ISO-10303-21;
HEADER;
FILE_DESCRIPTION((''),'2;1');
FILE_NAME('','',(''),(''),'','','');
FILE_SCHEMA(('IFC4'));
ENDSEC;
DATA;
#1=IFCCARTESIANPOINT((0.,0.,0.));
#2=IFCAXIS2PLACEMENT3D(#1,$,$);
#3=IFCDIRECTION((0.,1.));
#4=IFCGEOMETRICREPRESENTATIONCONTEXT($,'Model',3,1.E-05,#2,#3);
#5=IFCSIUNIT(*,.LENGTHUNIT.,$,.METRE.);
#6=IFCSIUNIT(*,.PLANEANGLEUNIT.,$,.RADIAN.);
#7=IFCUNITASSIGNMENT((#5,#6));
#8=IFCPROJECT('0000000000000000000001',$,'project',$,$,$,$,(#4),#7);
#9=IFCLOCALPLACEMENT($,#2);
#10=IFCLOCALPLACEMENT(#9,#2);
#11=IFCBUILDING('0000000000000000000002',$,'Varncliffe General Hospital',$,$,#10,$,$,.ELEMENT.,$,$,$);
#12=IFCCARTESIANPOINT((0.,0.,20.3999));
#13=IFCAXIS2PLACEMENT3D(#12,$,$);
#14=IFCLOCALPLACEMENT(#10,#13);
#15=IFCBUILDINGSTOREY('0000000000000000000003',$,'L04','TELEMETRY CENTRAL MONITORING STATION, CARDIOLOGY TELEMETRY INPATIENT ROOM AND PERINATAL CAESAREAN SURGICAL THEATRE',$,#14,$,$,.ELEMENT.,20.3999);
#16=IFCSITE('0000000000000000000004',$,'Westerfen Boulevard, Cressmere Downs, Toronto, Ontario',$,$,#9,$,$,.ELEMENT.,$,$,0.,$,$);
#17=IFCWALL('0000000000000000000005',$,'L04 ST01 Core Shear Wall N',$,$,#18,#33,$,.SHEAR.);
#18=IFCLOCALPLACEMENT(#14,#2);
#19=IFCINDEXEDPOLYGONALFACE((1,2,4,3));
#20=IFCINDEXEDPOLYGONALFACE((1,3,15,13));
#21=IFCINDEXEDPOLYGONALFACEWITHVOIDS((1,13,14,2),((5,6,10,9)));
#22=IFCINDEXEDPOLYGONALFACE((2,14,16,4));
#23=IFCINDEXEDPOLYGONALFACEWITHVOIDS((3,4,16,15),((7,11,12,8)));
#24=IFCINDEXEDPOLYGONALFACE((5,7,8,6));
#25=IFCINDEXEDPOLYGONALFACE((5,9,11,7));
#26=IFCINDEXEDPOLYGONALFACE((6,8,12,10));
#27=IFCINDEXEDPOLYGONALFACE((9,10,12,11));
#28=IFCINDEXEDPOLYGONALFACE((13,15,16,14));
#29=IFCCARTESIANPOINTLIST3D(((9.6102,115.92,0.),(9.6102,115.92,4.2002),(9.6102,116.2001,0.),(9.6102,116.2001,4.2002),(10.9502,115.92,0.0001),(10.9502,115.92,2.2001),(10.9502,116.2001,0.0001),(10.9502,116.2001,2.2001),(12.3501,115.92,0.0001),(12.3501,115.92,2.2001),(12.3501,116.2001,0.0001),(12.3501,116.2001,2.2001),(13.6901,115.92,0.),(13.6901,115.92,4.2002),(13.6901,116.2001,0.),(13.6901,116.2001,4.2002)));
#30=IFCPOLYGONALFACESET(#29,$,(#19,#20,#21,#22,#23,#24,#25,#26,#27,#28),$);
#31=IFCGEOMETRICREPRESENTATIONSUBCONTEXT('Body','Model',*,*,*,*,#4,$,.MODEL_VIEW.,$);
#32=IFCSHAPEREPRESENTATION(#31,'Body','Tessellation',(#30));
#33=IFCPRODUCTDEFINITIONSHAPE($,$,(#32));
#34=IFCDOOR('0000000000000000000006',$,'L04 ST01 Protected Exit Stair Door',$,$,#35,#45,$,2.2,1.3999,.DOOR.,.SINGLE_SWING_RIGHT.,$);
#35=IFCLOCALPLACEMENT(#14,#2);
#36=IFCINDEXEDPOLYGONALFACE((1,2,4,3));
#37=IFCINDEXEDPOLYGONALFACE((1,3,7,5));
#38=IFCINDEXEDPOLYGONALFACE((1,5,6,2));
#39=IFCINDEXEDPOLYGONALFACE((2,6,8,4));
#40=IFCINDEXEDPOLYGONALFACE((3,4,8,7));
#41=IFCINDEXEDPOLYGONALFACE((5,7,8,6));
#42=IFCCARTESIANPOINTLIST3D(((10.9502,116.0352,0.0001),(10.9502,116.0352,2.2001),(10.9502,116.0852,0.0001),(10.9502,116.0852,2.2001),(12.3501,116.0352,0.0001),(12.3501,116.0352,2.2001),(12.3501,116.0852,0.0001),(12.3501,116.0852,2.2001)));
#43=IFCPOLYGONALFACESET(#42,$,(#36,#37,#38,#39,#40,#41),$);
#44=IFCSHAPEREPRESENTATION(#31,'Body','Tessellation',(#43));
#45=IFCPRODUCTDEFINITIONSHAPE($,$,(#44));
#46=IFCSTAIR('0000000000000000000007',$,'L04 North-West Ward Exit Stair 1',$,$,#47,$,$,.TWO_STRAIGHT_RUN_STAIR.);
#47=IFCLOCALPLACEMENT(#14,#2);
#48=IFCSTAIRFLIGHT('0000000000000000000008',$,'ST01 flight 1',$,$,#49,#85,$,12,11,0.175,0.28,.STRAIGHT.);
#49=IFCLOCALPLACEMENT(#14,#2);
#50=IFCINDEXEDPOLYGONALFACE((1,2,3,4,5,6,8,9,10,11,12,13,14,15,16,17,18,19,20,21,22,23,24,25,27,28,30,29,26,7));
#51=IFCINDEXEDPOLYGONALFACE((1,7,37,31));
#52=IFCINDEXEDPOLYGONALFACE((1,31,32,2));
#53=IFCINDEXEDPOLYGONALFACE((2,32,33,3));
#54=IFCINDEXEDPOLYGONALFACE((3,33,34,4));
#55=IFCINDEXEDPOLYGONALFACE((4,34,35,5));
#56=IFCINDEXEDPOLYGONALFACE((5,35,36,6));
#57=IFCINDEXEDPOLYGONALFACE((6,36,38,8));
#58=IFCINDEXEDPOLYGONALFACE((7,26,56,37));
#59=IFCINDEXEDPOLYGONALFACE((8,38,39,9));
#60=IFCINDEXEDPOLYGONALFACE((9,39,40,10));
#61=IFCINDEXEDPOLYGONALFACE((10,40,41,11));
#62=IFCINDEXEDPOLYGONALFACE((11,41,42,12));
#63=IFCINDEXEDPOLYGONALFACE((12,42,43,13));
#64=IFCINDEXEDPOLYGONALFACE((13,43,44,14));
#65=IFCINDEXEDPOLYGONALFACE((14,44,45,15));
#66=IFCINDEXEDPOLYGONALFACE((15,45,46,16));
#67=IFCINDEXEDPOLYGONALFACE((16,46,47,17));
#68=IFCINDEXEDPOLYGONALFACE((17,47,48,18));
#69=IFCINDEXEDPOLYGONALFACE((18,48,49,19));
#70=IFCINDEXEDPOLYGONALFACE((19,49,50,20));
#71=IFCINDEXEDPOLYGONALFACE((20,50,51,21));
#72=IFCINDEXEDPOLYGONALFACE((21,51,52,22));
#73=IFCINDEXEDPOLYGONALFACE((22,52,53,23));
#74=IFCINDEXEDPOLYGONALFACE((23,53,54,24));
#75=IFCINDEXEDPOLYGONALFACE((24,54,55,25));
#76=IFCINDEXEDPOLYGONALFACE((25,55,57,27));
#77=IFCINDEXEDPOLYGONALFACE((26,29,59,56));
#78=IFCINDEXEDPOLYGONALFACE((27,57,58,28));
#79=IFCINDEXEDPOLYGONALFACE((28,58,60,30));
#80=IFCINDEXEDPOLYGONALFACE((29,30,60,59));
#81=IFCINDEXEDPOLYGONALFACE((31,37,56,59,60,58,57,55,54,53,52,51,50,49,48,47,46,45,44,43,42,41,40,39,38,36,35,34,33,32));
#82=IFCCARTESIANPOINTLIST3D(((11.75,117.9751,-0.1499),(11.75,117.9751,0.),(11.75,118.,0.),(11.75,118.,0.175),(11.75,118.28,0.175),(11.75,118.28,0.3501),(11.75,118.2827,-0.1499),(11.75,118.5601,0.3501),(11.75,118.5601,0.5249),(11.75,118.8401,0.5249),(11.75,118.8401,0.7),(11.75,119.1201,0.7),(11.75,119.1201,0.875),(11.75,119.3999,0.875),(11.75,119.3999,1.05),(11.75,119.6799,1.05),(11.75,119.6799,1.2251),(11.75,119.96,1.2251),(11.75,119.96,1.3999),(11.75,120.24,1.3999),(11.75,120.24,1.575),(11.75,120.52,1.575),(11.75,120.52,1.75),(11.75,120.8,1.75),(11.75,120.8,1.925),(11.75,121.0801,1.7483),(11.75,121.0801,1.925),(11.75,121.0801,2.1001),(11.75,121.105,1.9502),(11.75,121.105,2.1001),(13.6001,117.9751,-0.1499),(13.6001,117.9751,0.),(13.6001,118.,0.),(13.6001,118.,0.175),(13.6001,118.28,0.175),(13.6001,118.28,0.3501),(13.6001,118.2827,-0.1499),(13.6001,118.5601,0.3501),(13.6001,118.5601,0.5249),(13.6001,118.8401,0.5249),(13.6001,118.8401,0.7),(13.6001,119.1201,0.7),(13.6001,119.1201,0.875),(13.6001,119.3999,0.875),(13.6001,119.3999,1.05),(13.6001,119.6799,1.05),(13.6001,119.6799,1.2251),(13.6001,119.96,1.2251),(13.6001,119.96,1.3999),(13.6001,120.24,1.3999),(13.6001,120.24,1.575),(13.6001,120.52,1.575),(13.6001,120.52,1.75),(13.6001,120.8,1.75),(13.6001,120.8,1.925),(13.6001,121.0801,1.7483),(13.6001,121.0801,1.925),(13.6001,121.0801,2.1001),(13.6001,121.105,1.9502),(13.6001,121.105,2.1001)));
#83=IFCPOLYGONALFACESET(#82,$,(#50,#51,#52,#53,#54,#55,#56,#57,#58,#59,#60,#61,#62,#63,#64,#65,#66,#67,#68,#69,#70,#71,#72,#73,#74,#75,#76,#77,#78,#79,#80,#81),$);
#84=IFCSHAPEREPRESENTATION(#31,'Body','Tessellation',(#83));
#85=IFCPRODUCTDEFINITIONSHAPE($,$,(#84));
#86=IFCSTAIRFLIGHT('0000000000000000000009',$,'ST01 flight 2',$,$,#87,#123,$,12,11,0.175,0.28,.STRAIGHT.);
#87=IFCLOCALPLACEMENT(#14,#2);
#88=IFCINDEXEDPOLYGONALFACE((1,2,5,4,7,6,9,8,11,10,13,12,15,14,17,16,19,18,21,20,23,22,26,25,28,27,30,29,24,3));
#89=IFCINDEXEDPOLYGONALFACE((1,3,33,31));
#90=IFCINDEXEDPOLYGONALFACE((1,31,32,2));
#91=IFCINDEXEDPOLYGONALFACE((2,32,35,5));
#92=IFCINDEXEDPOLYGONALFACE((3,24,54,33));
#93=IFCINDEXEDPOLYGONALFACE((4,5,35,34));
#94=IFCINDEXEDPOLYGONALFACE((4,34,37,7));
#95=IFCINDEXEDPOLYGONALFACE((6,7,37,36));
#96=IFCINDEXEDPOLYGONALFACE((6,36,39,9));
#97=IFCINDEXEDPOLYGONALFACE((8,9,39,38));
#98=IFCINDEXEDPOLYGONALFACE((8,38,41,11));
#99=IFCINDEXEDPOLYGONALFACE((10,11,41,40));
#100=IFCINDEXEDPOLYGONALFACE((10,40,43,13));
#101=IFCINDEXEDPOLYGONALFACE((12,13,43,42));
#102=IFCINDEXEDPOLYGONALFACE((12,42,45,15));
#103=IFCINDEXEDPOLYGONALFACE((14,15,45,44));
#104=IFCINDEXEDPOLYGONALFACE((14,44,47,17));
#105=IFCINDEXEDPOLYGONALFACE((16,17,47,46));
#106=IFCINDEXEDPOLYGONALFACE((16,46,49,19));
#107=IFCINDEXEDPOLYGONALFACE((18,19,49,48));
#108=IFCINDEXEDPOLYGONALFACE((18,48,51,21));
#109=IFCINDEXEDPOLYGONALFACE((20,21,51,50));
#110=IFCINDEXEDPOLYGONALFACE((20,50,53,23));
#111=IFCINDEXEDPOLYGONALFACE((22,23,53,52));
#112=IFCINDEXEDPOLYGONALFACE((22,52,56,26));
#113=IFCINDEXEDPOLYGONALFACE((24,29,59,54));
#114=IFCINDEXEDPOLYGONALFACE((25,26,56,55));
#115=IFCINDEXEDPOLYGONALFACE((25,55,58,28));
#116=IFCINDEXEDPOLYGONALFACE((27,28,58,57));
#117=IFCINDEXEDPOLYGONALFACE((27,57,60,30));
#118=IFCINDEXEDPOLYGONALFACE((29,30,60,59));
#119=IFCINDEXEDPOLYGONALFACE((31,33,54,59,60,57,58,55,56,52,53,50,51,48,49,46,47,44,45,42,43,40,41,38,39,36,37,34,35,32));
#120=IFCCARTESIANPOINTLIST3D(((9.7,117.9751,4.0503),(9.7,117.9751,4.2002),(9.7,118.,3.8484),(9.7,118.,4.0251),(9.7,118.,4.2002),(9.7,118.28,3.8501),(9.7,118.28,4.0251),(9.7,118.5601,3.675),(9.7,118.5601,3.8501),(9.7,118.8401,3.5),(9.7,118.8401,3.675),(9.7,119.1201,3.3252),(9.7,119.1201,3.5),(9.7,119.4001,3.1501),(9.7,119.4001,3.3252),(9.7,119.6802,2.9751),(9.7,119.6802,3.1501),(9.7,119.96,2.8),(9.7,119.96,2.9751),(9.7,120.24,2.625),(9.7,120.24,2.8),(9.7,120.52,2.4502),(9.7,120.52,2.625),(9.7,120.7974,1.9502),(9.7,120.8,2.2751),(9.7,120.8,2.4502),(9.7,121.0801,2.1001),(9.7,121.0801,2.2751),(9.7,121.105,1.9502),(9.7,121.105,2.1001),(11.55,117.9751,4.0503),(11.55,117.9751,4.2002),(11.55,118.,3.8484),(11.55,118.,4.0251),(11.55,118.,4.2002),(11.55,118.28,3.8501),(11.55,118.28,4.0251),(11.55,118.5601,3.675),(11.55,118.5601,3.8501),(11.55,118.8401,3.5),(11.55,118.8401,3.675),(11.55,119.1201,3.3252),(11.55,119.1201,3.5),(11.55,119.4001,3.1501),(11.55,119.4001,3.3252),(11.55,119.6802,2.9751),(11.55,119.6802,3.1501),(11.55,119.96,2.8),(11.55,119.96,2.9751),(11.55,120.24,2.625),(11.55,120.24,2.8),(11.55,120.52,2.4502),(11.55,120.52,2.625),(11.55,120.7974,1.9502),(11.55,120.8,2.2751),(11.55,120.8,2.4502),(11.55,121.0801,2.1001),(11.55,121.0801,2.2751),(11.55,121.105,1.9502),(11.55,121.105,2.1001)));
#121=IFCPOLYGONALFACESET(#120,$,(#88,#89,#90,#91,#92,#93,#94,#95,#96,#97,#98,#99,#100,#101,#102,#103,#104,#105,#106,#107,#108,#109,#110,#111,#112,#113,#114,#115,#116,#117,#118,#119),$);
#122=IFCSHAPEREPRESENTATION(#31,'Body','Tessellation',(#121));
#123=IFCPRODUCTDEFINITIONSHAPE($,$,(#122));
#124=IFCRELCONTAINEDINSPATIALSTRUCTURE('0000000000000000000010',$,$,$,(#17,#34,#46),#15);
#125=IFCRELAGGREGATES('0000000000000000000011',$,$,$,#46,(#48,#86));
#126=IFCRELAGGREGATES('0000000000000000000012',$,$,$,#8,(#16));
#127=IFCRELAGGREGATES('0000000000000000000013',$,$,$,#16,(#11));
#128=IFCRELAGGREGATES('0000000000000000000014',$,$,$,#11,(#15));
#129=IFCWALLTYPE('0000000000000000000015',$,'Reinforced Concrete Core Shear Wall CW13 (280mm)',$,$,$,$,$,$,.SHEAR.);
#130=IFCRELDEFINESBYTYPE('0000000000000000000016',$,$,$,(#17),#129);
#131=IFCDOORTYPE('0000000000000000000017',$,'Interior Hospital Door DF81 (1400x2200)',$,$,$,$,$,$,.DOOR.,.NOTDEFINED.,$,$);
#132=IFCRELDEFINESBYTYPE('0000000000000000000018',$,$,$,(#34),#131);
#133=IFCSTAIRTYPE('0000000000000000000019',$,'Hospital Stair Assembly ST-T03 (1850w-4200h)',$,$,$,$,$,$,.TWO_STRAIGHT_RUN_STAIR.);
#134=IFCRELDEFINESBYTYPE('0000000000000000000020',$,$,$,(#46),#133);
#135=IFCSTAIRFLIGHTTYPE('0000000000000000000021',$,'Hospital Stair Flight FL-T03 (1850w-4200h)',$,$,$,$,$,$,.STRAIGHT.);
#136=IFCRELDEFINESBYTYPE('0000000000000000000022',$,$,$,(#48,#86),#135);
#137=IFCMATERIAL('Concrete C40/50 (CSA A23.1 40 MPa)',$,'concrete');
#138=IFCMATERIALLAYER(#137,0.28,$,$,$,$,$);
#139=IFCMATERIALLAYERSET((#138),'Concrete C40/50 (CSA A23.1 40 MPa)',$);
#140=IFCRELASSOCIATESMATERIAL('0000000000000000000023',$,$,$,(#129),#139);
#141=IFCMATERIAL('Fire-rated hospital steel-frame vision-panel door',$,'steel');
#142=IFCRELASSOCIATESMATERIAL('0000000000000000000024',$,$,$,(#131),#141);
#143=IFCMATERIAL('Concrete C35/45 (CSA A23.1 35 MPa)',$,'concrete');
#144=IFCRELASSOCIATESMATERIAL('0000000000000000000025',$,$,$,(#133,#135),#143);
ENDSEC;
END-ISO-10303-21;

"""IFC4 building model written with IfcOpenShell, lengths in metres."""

from ifc_helpers import new_model, si_unit, direction, frame, frame_2d, origin, place, context, subcontext, project, spatial, polyline, rectangle, outline, extrude, material, layer, layer_set, type_object, element, fill, aggregate, save


model = new_model("IFC4")

# Units and contexts
model_context = context("Model", 3, precision=1e-05, world=origin(), true_north=direction((0.0, 1.0)))
body_context = subcontext(model_context, "Body", "Model", "MODEL_VIEW")
ifc_project = project(units=[si_unit("LENGTHUNIT", "METRE"), si_unit("PLANEANGLEUNIT", "RADIAN")], contexts=[model_context])

# Site, building, storey
site_placement = place(None, origin())
site = spatial("IfcSite", under=ifc_project, at=site_placement, Name="Westerfen Boulevard, Cressmere Downs, Toronto, Ontario", CompositionType="ELEMENT", RefElevation=0.0)
building_placement = place(site_placement, origin())
building = spatial("IfcBuilding", under=site, at=building_placement, Name="Varncliffe General Hospital", CompositionType="ELEMENT")
storey_placement = place(building_placement, frame((0.0, 0.0, 20.3999)))
storey = spatial("IfcBuildingStorey", under=building, at=storey_placement, Name="L04", Description="TELEMETRY CENTRAL MONITORING STATION, CARDIOLOGY TELEMETRY INPATIENT ROOM AND PERINATAL CAESAREAN SURGICAL THEATRE", CompositionType="ELEMENT", Elevation=20.3999)

# Shared definitions
ifc_material_1 = material(Name="Concrete C40/50 (CSA A23.1 40 MPa)", Category="concrete")

# Shared definitions
ifc_material_2 = material(Name="Concrete C35/45 (CSA A23.1 35 MPa)", Category="concrete")

# Shared definitions
ifc_layer_1 = layer(ifc_material_1, 0.28)
ifc_layer_set_1 = layer_set([ifc_layer_1], Name="Concrete C40/50 (CSA A23.1 40 MPa)")
wall_type_1 = type_object("IfcWallType", Name="Reinforced Concrete Core Shear Wall CW13 (280mm)", PredefinedType="SHEAR", material=ifc_layer_set_1)

# Wall, opening, door
wall_1_placement = place(storey_placement, frame((9.6101, 116.0601, 0.0), z_axis=(0.0, 0.0, 1.0), x_axis=(1.0, 0.0, 0.0)))
wall_1 = element("IfcWall", 1, at=wall_1_placement, inside=storey, type_object=wall_type_1, Name="L04 ST01 Core Shear Wall N", PredefinedType="SHEAR", context=body_context, shape_type="SweptSolid", body=[
    extrude(rectangle(XDim=4.0798, YDim=0.28, at=frame_2d((2.04, 0.0))), origin(), (0.0, 0.0, 1.0), 4.2002),
])
opening_1_placement = place(wall_1_placement, frame((1.3401, 0.0, 0.0)))
opening_1 = element("IfcOpeningElement", 2, at=opening_1_placement, cuts=wall_1, PredefinedType="OPENING", context=body_context, shape_type="SweptSolid", body=[
    extrude(rectangle(XDim=1.3999, YDim=2.2, at=frame_2d((0.7, 1.1001))), frame((0.0, 0.1499, 0.0), z_axis=(0.0, -1.0, 0.0), x_axis=(1.0, 0.0, 0.0)), (0.0, 0.0, 1.0), 0.3),
])
ifc_material_3 = material(Name="Fire-rated hospital steel-frame vision-panel door", Category="steel")
door_type = type_object("IfcDoorType", Name="Interior Hospital Door DF81 (1400x2200)", OperationType="NOTDEFINED", PredefinedType="DOOR", material=ifc_material_3)
door_placement = place(opening_1_placement, frame((1.3999, 0.0, 0.0), z_axis=(0.0, 0.0, 1.0), x_axis=(-1.0, 0.0, 0.0)))
door = element("IfcDoor", 3, at=door_placement, inside=storey, type_object=door_type, Name="L04 ST01 Protected Exit Stair Door", OperationType="SINGLE_SWING_RIGHT", OverallHeight=2.2, OverallWidth=1.3999, PredefinedType="DOOR", context=body_context, shape_type="SweptSolid", body=[
    extrude(rectangle(XDim=1.3999, YDim=2.2, at=frame_2d((0.7, 1.1001))), frame((0.0, 0.0249, 0.0), z_axis=(0.0, -1.0, 0.0), x_axis=(1.0, 0.0, 0.0)), (0.0, 0.0, 1.0), 0.05),
])
fill(opening_1, door)

# Stair, stair flights
stair_type = type_object("IfcStairType", Name="Hospital Stair Assembly ST-T03 (1850w-4200h)", PredefinedType="TWO_STRAIGHT_RUN_STAIR", material=ifc_material_2)
stair_placement = place(storey_placement, origin())
stair = element("IfcStair", 4, at=stair_placement, inside=storey, type_object=stair_type, Name="L04 North-West Ward Exit Stair 1", PredefinedType="TWO_STRAIGHT_RUN_STAIR")
stair_flight_type = type_object("IfcStairFlightType", Name="Hospital Stair Flight FL-T03 (1850w-4200h)", PredefinedType="STRAIGHT", material=ifc_material_2)
stair_flight_1_placement = place(storey_placement, frame((12.675, 118.0, 0.0), z_axis=(0.0, 0.0, 1.0), x_axis=(0.0, 1.0, 0.0)))
stair_flight_1 = element("IfcStairFlight", 5, at=stair_flight_1_placement, type_object=stair_flight_type, Name="ST01 flight 1", NumberOfRisers=12, NumberOfTreads=11, PredefinedType="STRAIGHT", RiserHeight=0.175, TreadLength=0.28, context=body_context, shape_type="SweptSolid", body=[
    extrude(outline(polyline([(-0.0249, -0.1499), (-0.0249, 0.0), (0.0, 0.0), (0.0, 0.175), (0.28, 0.175), (0.28, 0.3501), (0.5601, 0.3501), (0.5601, 0.5249), (0.8401, 0.5249), (0.8401, 0.7), (1.1201, 0.7), (1.1201, 0.875), (1.3999, 0.875), (1.3999, 1.05), (1.6799, 1.05), (1.6799, 1.2251), (1.96, 1.2251), (1.96, 1.3999), (2.24, 1.3999), (2.24, 1.575), (2.52, 1.575), (2.52, 1.75), (2.8, 1.75), (2.8, 1.925), (3.0801, 1.925), (3.0801, 2.1001), (3.105, 2.1001), (3.105, 1.9502), (3.0801, 1.7483), (0.2827, -0.1499), (-0.0249, -0.1499)])), frame((0.0, 0.925, 0.0), z_axis=(0.0, -1.0, 0.0), x_axis=(1.0, 0.0, 0.0)), (0.0, 0.0, 1.0), 1.8501),
])
stair_flight_2_placement = place(storey_placement, frame((10.625, 121.0801, 2.1001), z_axis=(0.0, 0.0, 1.0), x_axis=(0.0, -1.0, 0.0)))
stair_flight_2 = element("IfcStairFlight", 6, at=stair_flight_2_placement, type_object=stair_flight_type, Name="ST01 flight 2", NumberOfRisers=12, NumberOfTreads=11, PredefinedType="STRAIGHT", RiserHeight=0.175, TreadLength=0.28, context=body_context, shape_type="SweptSolid", body=[
    extrude(outline(polyline([(-0.0249, -0.1499), (-0.0249, 0.0), (0.0, 0.0), (0.0, 0.175), (0.28, 0.175), (0.28, 0.3501), (0.5601, 0.3501), (0.5601, 0.5249), (0.8401, 0.5249), (0.8401, 0.7), (1.1201, 0.7), (1.1201, 0.875), (1.3999, 0.875), (1.3999, 1.05), (1.6799, 1.05), (1.6799, 1.2251), (1.96, 1.2251), (1.96, 1.3999), (2.24, 1.3999), (2.24, 1.575), (2.52, 1.575), (2.52, 1.75), (2.8, 1.75), (2.8, 1.925), (3.0801, 1.925), (3.0801, 2.1001), (3.105, 2.1001), (3.105, 1.9502), (3.0801, 1.7483), (0.2827, -0.1499), (-0.0249, -0.1499)])), frame((0.0, 0.925, 0.0), z_axis=(0.0, -1.0, 0.0), x_axis=(1.0, 0.0, 0.0)), (0.0, 0.0, 1.0), 1.8501),
])
aggregate(stair, [stair_flight_1, stair_flight_2])

save(model, "model.ifc")
